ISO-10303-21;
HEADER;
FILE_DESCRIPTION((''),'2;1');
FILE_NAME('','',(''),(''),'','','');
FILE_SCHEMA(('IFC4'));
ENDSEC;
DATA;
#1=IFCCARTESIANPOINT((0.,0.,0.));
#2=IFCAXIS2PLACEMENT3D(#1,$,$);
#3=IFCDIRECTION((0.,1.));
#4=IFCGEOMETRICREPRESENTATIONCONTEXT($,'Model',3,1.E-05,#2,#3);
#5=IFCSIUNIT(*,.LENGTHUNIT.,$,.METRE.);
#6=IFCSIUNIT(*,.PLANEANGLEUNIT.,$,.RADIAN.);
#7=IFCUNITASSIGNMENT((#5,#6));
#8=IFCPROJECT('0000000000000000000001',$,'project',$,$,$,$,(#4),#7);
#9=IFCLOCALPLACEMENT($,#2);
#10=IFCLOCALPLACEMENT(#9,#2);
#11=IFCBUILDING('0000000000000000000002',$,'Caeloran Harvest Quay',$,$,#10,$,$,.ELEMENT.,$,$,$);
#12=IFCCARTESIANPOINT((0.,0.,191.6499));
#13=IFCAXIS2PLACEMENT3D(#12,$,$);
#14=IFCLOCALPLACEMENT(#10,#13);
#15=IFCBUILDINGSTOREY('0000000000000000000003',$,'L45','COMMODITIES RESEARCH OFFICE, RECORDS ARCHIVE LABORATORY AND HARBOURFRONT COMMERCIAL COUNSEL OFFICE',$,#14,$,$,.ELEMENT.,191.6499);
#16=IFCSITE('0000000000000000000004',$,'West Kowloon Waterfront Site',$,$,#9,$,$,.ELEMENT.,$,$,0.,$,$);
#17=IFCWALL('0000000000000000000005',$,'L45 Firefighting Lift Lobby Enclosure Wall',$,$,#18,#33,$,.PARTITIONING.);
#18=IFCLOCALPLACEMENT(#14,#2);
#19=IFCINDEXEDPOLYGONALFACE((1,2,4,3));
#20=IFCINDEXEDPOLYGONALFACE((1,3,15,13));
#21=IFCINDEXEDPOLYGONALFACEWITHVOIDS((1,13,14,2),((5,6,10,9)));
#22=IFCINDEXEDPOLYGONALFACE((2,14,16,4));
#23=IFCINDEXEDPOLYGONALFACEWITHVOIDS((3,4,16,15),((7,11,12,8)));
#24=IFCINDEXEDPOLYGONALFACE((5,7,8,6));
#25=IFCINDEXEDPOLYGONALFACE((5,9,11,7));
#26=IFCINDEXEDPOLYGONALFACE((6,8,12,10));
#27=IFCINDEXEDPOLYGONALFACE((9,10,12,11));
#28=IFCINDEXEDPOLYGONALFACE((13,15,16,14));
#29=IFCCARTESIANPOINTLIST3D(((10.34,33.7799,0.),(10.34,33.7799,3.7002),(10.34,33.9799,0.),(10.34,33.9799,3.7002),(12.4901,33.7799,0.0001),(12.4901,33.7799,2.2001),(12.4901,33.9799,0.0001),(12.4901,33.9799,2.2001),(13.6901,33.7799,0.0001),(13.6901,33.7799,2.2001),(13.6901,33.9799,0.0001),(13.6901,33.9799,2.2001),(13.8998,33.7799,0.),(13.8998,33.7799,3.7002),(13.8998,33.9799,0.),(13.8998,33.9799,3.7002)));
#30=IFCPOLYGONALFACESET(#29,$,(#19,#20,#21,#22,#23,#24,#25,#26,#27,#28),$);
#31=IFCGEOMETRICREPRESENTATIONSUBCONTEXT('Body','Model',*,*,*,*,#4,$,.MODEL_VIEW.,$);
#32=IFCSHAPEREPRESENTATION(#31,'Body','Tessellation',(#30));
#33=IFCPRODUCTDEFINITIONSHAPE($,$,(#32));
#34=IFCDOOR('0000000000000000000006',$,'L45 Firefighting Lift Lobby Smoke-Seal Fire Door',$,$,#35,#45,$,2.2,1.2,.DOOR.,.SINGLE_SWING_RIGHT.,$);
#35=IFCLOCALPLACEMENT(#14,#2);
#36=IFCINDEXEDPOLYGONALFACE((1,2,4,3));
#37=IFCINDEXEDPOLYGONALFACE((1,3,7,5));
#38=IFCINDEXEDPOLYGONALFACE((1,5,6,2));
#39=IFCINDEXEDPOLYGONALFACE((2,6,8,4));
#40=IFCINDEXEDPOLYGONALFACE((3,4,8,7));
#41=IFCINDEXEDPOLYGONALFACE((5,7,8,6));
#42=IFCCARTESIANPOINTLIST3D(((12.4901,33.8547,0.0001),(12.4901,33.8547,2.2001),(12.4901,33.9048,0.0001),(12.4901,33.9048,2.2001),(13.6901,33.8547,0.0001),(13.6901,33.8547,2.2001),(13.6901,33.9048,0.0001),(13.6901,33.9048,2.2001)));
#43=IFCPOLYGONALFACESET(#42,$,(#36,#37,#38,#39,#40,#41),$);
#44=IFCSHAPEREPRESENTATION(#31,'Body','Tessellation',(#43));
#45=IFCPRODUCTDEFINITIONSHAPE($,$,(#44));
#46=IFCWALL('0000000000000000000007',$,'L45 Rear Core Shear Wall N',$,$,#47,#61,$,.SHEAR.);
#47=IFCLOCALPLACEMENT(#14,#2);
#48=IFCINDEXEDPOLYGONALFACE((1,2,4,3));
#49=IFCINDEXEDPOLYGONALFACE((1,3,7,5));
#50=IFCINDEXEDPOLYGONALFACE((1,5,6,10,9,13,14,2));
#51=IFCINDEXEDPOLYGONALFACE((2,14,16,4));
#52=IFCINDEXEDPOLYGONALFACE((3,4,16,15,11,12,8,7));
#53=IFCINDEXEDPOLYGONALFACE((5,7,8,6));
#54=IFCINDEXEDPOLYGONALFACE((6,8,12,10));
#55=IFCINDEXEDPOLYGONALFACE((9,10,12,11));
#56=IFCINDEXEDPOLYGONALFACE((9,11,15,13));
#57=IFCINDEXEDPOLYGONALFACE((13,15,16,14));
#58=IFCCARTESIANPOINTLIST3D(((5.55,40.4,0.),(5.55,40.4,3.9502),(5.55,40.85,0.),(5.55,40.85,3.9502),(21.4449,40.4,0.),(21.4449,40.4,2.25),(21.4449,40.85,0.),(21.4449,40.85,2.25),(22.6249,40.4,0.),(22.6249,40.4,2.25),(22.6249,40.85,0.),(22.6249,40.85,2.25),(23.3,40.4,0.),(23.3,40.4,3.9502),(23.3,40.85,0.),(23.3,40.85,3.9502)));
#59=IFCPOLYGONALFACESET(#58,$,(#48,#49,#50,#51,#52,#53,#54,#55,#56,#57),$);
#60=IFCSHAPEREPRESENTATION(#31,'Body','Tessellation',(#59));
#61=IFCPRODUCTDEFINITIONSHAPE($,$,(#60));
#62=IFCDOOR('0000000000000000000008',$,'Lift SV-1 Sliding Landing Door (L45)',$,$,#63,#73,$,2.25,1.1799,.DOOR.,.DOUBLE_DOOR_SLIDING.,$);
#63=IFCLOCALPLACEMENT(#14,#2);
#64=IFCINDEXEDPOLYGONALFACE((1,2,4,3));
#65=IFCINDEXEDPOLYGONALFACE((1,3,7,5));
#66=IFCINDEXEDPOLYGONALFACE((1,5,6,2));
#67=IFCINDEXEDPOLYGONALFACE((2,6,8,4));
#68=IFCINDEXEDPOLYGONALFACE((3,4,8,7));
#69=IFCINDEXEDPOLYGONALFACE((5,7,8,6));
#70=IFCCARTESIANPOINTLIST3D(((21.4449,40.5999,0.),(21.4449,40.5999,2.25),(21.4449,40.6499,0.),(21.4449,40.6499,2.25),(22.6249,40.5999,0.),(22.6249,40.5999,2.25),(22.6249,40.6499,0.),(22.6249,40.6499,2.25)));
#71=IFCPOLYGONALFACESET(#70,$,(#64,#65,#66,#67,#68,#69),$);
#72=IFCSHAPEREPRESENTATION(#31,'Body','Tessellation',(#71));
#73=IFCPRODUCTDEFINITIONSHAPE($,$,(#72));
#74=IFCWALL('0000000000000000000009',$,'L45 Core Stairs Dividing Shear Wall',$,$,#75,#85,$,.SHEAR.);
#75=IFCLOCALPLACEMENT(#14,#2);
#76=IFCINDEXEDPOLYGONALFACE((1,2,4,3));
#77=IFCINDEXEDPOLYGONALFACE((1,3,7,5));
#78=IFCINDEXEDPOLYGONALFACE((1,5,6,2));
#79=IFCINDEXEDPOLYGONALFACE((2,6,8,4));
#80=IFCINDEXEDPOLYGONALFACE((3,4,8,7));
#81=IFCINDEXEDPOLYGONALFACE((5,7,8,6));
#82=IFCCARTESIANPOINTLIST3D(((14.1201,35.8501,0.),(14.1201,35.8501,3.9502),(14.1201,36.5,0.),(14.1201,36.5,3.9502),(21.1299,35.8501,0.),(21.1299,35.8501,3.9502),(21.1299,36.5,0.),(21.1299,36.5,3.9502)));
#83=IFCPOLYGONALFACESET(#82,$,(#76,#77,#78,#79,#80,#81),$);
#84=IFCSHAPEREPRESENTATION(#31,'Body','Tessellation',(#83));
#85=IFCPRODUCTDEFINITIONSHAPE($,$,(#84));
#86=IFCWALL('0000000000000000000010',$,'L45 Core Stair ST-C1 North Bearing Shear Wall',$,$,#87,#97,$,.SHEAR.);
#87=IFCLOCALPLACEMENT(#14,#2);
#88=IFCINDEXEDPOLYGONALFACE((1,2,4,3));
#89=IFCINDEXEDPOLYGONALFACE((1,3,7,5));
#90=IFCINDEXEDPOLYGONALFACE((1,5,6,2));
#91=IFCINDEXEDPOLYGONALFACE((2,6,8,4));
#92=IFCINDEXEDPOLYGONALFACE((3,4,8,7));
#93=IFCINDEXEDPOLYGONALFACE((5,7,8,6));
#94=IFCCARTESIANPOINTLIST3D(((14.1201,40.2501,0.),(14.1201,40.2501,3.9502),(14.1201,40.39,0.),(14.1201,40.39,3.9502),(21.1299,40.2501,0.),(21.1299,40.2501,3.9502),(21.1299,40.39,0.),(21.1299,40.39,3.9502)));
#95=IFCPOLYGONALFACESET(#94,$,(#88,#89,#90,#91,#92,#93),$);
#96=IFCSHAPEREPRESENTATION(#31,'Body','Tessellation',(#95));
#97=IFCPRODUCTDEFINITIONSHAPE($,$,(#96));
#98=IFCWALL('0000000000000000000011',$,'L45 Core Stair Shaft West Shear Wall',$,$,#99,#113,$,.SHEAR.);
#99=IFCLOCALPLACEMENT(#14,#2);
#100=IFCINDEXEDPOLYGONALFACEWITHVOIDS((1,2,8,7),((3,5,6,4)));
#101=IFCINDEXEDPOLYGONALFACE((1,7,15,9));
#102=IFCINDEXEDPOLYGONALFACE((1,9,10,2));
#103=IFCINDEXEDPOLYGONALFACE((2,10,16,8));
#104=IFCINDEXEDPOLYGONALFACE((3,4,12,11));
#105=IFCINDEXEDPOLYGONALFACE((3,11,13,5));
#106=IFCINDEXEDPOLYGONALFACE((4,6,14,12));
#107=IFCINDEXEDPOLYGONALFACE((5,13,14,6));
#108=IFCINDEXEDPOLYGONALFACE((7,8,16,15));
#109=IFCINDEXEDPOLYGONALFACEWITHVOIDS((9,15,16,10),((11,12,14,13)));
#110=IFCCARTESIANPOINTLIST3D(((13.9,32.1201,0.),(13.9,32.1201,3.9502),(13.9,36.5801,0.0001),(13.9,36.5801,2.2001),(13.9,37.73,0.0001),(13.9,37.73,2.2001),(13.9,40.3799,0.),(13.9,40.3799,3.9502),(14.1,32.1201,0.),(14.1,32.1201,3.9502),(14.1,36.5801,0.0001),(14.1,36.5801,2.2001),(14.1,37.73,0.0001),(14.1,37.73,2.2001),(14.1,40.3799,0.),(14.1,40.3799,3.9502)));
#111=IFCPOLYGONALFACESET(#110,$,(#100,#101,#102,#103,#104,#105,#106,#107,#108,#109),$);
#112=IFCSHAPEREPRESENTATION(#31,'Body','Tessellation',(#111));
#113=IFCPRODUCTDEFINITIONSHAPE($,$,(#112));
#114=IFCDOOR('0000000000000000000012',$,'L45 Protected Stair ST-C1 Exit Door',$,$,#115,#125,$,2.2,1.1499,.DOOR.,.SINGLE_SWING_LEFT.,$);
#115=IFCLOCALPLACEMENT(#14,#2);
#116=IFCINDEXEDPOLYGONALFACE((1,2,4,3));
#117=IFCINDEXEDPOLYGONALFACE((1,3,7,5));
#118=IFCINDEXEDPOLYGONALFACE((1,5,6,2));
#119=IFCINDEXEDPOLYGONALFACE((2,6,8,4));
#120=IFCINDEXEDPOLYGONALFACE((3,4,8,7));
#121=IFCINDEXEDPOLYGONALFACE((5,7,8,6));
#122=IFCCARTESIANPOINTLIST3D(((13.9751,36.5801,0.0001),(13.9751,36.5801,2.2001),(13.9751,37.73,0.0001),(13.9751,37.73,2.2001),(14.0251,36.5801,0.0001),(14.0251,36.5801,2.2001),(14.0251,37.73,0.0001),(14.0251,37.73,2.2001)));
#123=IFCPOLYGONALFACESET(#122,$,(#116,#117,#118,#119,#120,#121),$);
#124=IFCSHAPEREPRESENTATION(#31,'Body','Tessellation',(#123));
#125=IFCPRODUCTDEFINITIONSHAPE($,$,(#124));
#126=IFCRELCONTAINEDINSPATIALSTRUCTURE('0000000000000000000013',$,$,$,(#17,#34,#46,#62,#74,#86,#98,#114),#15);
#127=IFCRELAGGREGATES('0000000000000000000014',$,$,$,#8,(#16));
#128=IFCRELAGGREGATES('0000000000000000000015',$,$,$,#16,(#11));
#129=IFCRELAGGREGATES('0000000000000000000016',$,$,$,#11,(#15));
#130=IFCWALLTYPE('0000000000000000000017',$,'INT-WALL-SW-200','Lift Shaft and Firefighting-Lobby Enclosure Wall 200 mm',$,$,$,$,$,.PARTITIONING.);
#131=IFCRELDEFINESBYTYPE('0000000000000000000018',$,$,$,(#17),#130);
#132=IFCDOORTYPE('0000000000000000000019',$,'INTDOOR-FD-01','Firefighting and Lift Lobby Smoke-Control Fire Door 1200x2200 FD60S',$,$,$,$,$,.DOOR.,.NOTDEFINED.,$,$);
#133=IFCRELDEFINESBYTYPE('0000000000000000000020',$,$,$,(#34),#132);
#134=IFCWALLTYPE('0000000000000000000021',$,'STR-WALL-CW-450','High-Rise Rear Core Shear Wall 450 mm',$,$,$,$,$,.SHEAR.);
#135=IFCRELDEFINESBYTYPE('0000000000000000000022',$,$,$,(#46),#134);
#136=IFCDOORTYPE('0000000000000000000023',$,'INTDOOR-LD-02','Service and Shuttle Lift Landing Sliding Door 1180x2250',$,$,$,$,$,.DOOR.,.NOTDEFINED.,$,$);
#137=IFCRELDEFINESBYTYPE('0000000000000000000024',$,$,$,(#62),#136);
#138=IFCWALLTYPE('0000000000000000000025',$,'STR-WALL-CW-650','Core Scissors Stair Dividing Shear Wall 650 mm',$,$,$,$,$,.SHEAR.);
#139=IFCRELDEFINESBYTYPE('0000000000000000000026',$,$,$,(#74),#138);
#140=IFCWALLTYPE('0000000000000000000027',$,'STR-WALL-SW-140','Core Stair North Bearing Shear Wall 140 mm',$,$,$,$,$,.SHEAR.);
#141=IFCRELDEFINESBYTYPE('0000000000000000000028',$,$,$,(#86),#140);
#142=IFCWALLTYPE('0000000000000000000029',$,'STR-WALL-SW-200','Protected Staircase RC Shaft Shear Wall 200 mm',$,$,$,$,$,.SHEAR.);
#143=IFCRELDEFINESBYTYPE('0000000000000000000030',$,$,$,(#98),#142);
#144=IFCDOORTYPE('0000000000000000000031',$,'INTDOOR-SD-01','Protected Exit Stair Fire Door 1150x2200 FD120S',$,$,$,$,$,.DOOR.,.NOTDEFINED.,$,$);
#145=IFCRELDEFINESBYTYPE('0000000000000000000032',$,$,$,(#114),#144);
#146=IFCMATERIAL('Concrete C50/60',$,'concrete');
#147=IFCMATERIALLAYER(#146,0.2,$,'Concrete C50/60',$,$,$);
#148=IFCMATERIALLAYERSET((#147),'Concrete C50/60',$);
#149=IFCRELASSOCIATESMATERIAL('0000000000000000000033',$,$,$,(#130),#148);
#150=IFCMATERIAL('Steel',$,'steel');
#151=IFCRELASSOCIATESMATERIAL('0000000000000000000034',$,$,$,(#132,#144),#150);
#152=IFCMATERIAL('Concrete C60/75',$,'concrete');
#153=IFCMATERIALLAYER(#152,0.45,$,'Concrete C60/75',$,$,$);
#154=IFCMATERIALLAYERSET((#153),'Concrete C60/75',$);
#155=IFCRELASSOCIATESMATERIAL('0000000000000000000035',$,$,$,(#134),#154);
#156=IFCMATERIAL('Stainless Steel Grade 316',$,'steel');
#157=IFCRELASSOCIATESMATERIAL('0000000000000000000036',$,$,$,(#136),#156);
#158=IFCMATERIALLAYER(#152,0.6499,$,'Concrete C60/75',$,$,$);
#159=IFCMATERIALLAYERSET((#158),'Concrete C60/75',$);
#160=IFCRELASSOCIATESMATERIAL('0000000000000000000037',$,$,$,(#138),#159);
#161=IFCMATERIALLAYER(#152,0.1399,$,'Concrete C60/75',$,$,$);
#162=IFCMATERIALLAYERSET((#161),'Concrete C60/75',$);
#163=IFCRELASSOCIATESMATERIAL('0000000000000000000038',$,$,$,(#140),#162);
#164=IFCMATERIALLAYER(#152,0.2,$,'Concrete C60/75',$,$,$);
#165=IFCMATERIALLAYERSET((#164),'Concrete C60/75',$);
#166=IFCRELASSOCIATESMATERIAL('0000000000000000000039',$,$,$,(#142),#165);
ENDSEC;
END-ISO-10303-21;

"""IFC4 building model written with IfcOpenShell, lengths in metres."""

from ifc_helpers import new_model, si_unit, direction, frame, frame_2d, origin, place, context, subcontext, project, spatial, rectangle, extrude, material, layer, layer_set, type_object, element, fill, save


model = new_model("IFC4")

# Units and contexts
model_context = context("Model", 3, precision=1e-05, world=origin(), true_north=direction((0.0, 1.0)))
body_context = subcontext(model_context, "Body", "Model", "MODEL_VIEW")
ifc_project = project(units=[si_unit("LENGTHUNIT", "METRE"), si_unit("PLANEANGLEUNIT", "RADIAN")], contexts=[model_context])

# Site, building, storey
site_placement = place(None, origin())
site = spatial("IfcSite", under=ifc_project, at=site_placement, Name="West Kowloon Waterfront Site", CompositionType="ELEMENT", RefElevation=0.0)
building_placement = place(site_placement, origin())
building = spatial("IfcBuilding", under=site, at=building_placement, Name="Caeloran Harvest Quay", CompositionType="ELEMENT")
storey_placement = place(building_placement, frame((0.0, 0.0, 191.6499)))
storey = spatial("IfcBuildingStorey", under=building, at=storey_placement, Name="L45", Description="COMMODITIES RESEARCH OFFICE, RECORDS ARCHIVE LABORATORY AND HARBOURFRONT COMMERCIAL COUNSEL OFFICE", CompositionType="ELEMENT", Elevation=191.6499)

# Shared definitions
ifc_material_1 = material(Name="Concrete C50/60", Category="concrete")
ifc_layer_1 = layer(ifc_material_1, 0.2, Name="Concrete C50/60")
ifc_layer_set_1 = layer_set([ifc_layer_1], Name="Concrete C50/60")
wall_type_1 = type_object("IfcWallType", Name="INT-WALL-SW-200", Description="Lift Shaft and Firefighting-Lobby Enclosure Wall 200 mm", PredefinedType="PARTITIONING", material=ifc_layer_set_1)
ifc_material_2 = material(Name="Stainless Steel Grade 316", Category="steel")

# Walls, openings, doors
wall_1_placement = place(storey_placement, frame((10.3401, 33.8799, 0.0), z_axis=(0.0, 0.0, 1.0), x_axis=(1.0, 0.0, 0.0)))
wall_1 = element("IfcWall", 1, at=wall_1_placement, inside=storey, type_object=wall_type_1, Name="L45 Firefighting Lift Lobby Enclosure Wall", PredefinedType="PARTITIONING", context=body_context, shape_type="SweptSolid", body=[
    extrude(rectangle(XDim=3.5598, YDim=0.2, at=frame_2d((1.7798, 0.0))), origin(), (0.0, 0.0, 1.0), 3.7002),
])
opening_1_placement = place(wall_1_placement, frame((2.1499, 0.0, 0.0)))
opening_1 = element("IfcOpeningElement", 2, at=opening_1_placement, cuts=wall_1, PredefinedType="OPENING", context=body_context, shape_type="SweptSolid", body=[
    extrude(rectangle(XDim=1.2, YDim=2.2, at=frame_2d((0.6001, 1.1001))), frame((0.0, 0.1099, 0.0), z_axis=(0.0, -1.0, 0.0), x_axis=(1.0, 0.0, 0.0)), (0.0, 0.0, 1.0), 0.22),
])
ifc_material_3 = material(Name="Steel", Category="steel")
door_type_1 = type_object("IfcDoorType", Name="INTDOOR-FD-01", Description="Firefighting and Lift Lobby Smoke-Control Fire Door 1200x2200 FD60S", OperationType="NOTDEFINED", PredefinedType="DOOR", material=ifc_material_3)
door_1_placement = place(opening_1_placement, origin())
door_1 = element("IfcDoor", 3, at=door_1_placement, inside=storey, type_object=door_type_1, Name="L45 Firefighting Lift Lobby Smoke-Seal Fire Door", OperationType="SINGLE_SWING_RIGHT", OverallHeight=2.2, OverallWidth=1.2, PredefinedType="DOOR", context=body_context, shape_type="SweptSolid", body=[
    extrude(rectangle(XDim=1.2, YDim=2.2, at=frame_2d((0.6001, 1.1001))), frame((0.0, 0.0249, 0.0), z_axis=(0.0, -1.0, 0.0), x_axis=(1.0, 0.0, 0.0)), (0.0, 0.0, 1.0), 0.05),
])
fill(opening_1, door_1)
ifc_material_4 = material(Name="Concrete C60/75", Category="concrete")
ifc_layer_2 = layer(ifc_material_4, 0.45, Name="Concrete C60/75")
ifc_layer_set_2 = layer_set([ifc_layer_2], Name="Concrete C60/75")
wall_type_2 = type_object("IfcWallType", Name="STR-WALL-CW-450", Description="High-Rise Rear Core Shear Wall 450 mm", PredefinedType="SHEAR", material=ifc_layer_set_2)
wall_2_placement = place(storey_placement, frame((5.55, 40.625, 0.0), z_axis=(0.0, 0.0, 1.0), x_axis=(1.0, 0.0, 0.0)))
wall_2 = element("IfcWall", 4, at=wall_2_placement, inside=storey, type_object=wall_type_2, Name="L45 Rear Core Shear Wall N", PredefinedType="SHEAR", context=body_context, shape_type="SweptSolid", body=[
    extrude(rectangle(XDim=17.75, YDim=0.45, at=frame_2d((8.875, 0.0))), origin(), (0.0, 0.0, 1.0), 3.9502),
])
opening_2_placement = place(wall_2_placement, frame((15.895, 0.0, 0.0)))
opening_2 = element("IfcOpeningElement", 5, at=opening_2_placement, cuts=wall_2, PredefinedType="OPENING", context=body_context, shape_type="SweptSolid", body=[
    extrude(rectangle(XDim=1.1799, YDim=2.25, at=frame_2d((0.5898, 1.125))), frame((0.0, 0.2349, 0.0), z_axis=(0.0, -1.0, 0.0), x_axis=(1.0, 0.0, 0.0)), (0.0, 0.0, 1.0), 0.47),
])
door_type_2 = type_object("IfcDoorType", Name="INTDOOR-LD-02", Description="Service and Shuttle Lift Landing Sliding Door 1180x2250", OperationType="NOTDEFINED", PredefinedType="DOOR", material=ifc_material_2)
door_2_placement = place(opening_2_placement, origin())
door_2 = element("IfcDoor", 6, at=door_2_placement, inside=storey, type_object=door_type_2, Name="Lift SV-1 Sliding Landing Door (L45)", OperationType="DOUBLE_DOOR_SLIDING", OverallHeight=2.25, OverallWidth=1.1799, PredefinedType="DOOR", context=body_context, shape_type="SweptSolid", body=[
    extrude(rectangle(XDim=1.1799, YDim=2.25, at=frame_2d((0.5898, 1.125))), frame((0.0, 0.0249, 0.0), z_axis=(0.0, -1.0, 0.0), x_axis=(1.0, 0.0, 0.0)), (0.0, 0.0, 1.0), 0.05),
])
fill(opening_2, door_2)

# Walls
ifc_layer_3 = layer(ifc_material_4, 0.6499, Name="Concrete C60/75")
ifc_layer_set_3 = layer_set([ifc_layer_3], Name="Concrete C60/75")
wall_type_3 = type_object("IfcWallType", Name="STR-WALL-CW-650", Description="Core Scissors Stair Dividing Shear Wall 650 mm", PredefinedType="SHEAR", material=ifc_layer_set_3)
wall_3_placement = place(storey_placement, frame((14.1201, 36.175, 0.0), z_axis=(0.0, 0.0, 1.0), x_axis=(1.0, 0.0, 0.0)))
element("IfcWall", 7, at=wall_3_placement, inside=storey, type_object=wall_type_3, Name="L45 Core Stairs Dividing Shear Wall", PredefinedType="SHEAR", context=body_context, shape_type="SweptSolid", body=[
    extrude(rectangle(XDim=7.0098, YDim=0.6499, at=frame_2d((3.5049, 0.0))), origin(), (0.0, 0.0, 1.0), 3.9502),
])
ifc_layer_4 = layer(ifc_material_4, 0.1399, Name="Concrete C60/75")
ifc_layer_set_4 = layer_set([ifc_layer_4], Name="Concrete C60/75")
wall_type_4 = type_object("IfcWallType", Name="STR-WALL-SW-140", Description="Core Stair North Bearing Shear Wall 140 mm", PredefinedType="SHEAR", material=ifc_layer_set_4)
wall_4_placement = place(storey_placement, frame((14.1201, 40.3201, 0.0), z_axis=(0.0, 0.0, 1.0), x_axis=(1.0, 0.0, 0.0)))
element("IfcWall", 8, at=wall_4_placement, inside=storey, type_object=wall_type_4, Name="L45 Core Stair ST-C1 North Bearing Shear Wall", PredefinedType="SHEAR", context=body_context, shape_type="SweptSolid", body=[
    extrude(rectangle(XDim=7.0098, YDim=0.1399, at=frame_2d((3.5049, 0.0))), origin(), (0.0, 0.0, 1.0), 3.9502),
])

# Wall, opening, door
ifc_layer_5 = layer(ifc_material_4, 0.2, Name="Concrete C60/75")
ifc_layer_set_5 = layer_set([ifc_layer_5], Name="Concrete C60/75")
wall_type_5 = type_object("IfcWallType", Name="STR-WALL-SW-200", Description="Protected Staircase RC Shaft Shear Wall 200 mm", PredefinedType="SHEAR", material=ifc_layer_set_5)
wall_5_placement = place(storey_placement, frame((14.0, 32.1201, 0.0), z_axis=(0.0, 0.0, 1.0), x_axis=(0.0, 1.0, 0.0)))
wall_5 = element("IfcWall", 9, at=wall_5_placement, inside=storey, type_object=wall_type_5, Name="L45 Core Stair Shaft West Shear Wall", PredefinedType="SHEAR", context=body_context, shape_type="SweptSolid", body=[
    extrude(rectangle(XDim=8.2598, YDim=0.2, at=frame_2d((4.1299, 0.0))), origin(), (0.0, 0.0, 1.0), 3.9502),
])
opening_3_placement = place(wall_5_placement, frame((4.46, 0.0, 0.0)))
opening_3 = element("IfcOpeningElement", 10, at=opening_3_placement, cuts=wall_5, PredefinedType="OPENING", context=body_context, shape_type="SweptSolid", body=[
    extrude(rectangle(XDim=1.1499, YDim=2.2, at=frame_2d((0.575, 1.1001))), frame((0.0, 0.1099, 0.0), z_axis=(0.0, -1.0, 0.0), x_axis=(1.0, 0.0, 0.0)), (0.0, 0.0, 1.0), 0.22),
])
door_type_3 = type_object("IfcDoorType", Name="INTDOOR-SD-01", Description="Protected Exit Stair Fire Door 1150x2200 FD120S", OperationType="NOTDEFINED", PredefinedType="DOOR", material=ifc_material_3)
door_3_placement = place(opening_3_placement, origin())
door_3 = element("IfcDoor", 11, at=door_3_placement, inside=storey, type_object=door_type_3, Name="L45 Protected Stair ST-C1 Exit Door", OperationType="SINGLE_SWING_LEFT", OverallHeight=2.2, OverallWidth=1.1499, PredefinedType="DOOR", context=body_context, shape_type="SweptSolid", body=[
    extrude(rectangle(XDim=1.1499, YDim=2.2, at=frame_2d((0.575, 1.1001))), frame((0.0, 0.0249, 0.0), z_axis=(0.0, -1.0, 0.0), x_axis=(1.0, 0.0, 0.0)), (0.0, 0.0, 1.0), 0.05),
])
fill(opening_3, door_3)

save(model, "model.ifc")
